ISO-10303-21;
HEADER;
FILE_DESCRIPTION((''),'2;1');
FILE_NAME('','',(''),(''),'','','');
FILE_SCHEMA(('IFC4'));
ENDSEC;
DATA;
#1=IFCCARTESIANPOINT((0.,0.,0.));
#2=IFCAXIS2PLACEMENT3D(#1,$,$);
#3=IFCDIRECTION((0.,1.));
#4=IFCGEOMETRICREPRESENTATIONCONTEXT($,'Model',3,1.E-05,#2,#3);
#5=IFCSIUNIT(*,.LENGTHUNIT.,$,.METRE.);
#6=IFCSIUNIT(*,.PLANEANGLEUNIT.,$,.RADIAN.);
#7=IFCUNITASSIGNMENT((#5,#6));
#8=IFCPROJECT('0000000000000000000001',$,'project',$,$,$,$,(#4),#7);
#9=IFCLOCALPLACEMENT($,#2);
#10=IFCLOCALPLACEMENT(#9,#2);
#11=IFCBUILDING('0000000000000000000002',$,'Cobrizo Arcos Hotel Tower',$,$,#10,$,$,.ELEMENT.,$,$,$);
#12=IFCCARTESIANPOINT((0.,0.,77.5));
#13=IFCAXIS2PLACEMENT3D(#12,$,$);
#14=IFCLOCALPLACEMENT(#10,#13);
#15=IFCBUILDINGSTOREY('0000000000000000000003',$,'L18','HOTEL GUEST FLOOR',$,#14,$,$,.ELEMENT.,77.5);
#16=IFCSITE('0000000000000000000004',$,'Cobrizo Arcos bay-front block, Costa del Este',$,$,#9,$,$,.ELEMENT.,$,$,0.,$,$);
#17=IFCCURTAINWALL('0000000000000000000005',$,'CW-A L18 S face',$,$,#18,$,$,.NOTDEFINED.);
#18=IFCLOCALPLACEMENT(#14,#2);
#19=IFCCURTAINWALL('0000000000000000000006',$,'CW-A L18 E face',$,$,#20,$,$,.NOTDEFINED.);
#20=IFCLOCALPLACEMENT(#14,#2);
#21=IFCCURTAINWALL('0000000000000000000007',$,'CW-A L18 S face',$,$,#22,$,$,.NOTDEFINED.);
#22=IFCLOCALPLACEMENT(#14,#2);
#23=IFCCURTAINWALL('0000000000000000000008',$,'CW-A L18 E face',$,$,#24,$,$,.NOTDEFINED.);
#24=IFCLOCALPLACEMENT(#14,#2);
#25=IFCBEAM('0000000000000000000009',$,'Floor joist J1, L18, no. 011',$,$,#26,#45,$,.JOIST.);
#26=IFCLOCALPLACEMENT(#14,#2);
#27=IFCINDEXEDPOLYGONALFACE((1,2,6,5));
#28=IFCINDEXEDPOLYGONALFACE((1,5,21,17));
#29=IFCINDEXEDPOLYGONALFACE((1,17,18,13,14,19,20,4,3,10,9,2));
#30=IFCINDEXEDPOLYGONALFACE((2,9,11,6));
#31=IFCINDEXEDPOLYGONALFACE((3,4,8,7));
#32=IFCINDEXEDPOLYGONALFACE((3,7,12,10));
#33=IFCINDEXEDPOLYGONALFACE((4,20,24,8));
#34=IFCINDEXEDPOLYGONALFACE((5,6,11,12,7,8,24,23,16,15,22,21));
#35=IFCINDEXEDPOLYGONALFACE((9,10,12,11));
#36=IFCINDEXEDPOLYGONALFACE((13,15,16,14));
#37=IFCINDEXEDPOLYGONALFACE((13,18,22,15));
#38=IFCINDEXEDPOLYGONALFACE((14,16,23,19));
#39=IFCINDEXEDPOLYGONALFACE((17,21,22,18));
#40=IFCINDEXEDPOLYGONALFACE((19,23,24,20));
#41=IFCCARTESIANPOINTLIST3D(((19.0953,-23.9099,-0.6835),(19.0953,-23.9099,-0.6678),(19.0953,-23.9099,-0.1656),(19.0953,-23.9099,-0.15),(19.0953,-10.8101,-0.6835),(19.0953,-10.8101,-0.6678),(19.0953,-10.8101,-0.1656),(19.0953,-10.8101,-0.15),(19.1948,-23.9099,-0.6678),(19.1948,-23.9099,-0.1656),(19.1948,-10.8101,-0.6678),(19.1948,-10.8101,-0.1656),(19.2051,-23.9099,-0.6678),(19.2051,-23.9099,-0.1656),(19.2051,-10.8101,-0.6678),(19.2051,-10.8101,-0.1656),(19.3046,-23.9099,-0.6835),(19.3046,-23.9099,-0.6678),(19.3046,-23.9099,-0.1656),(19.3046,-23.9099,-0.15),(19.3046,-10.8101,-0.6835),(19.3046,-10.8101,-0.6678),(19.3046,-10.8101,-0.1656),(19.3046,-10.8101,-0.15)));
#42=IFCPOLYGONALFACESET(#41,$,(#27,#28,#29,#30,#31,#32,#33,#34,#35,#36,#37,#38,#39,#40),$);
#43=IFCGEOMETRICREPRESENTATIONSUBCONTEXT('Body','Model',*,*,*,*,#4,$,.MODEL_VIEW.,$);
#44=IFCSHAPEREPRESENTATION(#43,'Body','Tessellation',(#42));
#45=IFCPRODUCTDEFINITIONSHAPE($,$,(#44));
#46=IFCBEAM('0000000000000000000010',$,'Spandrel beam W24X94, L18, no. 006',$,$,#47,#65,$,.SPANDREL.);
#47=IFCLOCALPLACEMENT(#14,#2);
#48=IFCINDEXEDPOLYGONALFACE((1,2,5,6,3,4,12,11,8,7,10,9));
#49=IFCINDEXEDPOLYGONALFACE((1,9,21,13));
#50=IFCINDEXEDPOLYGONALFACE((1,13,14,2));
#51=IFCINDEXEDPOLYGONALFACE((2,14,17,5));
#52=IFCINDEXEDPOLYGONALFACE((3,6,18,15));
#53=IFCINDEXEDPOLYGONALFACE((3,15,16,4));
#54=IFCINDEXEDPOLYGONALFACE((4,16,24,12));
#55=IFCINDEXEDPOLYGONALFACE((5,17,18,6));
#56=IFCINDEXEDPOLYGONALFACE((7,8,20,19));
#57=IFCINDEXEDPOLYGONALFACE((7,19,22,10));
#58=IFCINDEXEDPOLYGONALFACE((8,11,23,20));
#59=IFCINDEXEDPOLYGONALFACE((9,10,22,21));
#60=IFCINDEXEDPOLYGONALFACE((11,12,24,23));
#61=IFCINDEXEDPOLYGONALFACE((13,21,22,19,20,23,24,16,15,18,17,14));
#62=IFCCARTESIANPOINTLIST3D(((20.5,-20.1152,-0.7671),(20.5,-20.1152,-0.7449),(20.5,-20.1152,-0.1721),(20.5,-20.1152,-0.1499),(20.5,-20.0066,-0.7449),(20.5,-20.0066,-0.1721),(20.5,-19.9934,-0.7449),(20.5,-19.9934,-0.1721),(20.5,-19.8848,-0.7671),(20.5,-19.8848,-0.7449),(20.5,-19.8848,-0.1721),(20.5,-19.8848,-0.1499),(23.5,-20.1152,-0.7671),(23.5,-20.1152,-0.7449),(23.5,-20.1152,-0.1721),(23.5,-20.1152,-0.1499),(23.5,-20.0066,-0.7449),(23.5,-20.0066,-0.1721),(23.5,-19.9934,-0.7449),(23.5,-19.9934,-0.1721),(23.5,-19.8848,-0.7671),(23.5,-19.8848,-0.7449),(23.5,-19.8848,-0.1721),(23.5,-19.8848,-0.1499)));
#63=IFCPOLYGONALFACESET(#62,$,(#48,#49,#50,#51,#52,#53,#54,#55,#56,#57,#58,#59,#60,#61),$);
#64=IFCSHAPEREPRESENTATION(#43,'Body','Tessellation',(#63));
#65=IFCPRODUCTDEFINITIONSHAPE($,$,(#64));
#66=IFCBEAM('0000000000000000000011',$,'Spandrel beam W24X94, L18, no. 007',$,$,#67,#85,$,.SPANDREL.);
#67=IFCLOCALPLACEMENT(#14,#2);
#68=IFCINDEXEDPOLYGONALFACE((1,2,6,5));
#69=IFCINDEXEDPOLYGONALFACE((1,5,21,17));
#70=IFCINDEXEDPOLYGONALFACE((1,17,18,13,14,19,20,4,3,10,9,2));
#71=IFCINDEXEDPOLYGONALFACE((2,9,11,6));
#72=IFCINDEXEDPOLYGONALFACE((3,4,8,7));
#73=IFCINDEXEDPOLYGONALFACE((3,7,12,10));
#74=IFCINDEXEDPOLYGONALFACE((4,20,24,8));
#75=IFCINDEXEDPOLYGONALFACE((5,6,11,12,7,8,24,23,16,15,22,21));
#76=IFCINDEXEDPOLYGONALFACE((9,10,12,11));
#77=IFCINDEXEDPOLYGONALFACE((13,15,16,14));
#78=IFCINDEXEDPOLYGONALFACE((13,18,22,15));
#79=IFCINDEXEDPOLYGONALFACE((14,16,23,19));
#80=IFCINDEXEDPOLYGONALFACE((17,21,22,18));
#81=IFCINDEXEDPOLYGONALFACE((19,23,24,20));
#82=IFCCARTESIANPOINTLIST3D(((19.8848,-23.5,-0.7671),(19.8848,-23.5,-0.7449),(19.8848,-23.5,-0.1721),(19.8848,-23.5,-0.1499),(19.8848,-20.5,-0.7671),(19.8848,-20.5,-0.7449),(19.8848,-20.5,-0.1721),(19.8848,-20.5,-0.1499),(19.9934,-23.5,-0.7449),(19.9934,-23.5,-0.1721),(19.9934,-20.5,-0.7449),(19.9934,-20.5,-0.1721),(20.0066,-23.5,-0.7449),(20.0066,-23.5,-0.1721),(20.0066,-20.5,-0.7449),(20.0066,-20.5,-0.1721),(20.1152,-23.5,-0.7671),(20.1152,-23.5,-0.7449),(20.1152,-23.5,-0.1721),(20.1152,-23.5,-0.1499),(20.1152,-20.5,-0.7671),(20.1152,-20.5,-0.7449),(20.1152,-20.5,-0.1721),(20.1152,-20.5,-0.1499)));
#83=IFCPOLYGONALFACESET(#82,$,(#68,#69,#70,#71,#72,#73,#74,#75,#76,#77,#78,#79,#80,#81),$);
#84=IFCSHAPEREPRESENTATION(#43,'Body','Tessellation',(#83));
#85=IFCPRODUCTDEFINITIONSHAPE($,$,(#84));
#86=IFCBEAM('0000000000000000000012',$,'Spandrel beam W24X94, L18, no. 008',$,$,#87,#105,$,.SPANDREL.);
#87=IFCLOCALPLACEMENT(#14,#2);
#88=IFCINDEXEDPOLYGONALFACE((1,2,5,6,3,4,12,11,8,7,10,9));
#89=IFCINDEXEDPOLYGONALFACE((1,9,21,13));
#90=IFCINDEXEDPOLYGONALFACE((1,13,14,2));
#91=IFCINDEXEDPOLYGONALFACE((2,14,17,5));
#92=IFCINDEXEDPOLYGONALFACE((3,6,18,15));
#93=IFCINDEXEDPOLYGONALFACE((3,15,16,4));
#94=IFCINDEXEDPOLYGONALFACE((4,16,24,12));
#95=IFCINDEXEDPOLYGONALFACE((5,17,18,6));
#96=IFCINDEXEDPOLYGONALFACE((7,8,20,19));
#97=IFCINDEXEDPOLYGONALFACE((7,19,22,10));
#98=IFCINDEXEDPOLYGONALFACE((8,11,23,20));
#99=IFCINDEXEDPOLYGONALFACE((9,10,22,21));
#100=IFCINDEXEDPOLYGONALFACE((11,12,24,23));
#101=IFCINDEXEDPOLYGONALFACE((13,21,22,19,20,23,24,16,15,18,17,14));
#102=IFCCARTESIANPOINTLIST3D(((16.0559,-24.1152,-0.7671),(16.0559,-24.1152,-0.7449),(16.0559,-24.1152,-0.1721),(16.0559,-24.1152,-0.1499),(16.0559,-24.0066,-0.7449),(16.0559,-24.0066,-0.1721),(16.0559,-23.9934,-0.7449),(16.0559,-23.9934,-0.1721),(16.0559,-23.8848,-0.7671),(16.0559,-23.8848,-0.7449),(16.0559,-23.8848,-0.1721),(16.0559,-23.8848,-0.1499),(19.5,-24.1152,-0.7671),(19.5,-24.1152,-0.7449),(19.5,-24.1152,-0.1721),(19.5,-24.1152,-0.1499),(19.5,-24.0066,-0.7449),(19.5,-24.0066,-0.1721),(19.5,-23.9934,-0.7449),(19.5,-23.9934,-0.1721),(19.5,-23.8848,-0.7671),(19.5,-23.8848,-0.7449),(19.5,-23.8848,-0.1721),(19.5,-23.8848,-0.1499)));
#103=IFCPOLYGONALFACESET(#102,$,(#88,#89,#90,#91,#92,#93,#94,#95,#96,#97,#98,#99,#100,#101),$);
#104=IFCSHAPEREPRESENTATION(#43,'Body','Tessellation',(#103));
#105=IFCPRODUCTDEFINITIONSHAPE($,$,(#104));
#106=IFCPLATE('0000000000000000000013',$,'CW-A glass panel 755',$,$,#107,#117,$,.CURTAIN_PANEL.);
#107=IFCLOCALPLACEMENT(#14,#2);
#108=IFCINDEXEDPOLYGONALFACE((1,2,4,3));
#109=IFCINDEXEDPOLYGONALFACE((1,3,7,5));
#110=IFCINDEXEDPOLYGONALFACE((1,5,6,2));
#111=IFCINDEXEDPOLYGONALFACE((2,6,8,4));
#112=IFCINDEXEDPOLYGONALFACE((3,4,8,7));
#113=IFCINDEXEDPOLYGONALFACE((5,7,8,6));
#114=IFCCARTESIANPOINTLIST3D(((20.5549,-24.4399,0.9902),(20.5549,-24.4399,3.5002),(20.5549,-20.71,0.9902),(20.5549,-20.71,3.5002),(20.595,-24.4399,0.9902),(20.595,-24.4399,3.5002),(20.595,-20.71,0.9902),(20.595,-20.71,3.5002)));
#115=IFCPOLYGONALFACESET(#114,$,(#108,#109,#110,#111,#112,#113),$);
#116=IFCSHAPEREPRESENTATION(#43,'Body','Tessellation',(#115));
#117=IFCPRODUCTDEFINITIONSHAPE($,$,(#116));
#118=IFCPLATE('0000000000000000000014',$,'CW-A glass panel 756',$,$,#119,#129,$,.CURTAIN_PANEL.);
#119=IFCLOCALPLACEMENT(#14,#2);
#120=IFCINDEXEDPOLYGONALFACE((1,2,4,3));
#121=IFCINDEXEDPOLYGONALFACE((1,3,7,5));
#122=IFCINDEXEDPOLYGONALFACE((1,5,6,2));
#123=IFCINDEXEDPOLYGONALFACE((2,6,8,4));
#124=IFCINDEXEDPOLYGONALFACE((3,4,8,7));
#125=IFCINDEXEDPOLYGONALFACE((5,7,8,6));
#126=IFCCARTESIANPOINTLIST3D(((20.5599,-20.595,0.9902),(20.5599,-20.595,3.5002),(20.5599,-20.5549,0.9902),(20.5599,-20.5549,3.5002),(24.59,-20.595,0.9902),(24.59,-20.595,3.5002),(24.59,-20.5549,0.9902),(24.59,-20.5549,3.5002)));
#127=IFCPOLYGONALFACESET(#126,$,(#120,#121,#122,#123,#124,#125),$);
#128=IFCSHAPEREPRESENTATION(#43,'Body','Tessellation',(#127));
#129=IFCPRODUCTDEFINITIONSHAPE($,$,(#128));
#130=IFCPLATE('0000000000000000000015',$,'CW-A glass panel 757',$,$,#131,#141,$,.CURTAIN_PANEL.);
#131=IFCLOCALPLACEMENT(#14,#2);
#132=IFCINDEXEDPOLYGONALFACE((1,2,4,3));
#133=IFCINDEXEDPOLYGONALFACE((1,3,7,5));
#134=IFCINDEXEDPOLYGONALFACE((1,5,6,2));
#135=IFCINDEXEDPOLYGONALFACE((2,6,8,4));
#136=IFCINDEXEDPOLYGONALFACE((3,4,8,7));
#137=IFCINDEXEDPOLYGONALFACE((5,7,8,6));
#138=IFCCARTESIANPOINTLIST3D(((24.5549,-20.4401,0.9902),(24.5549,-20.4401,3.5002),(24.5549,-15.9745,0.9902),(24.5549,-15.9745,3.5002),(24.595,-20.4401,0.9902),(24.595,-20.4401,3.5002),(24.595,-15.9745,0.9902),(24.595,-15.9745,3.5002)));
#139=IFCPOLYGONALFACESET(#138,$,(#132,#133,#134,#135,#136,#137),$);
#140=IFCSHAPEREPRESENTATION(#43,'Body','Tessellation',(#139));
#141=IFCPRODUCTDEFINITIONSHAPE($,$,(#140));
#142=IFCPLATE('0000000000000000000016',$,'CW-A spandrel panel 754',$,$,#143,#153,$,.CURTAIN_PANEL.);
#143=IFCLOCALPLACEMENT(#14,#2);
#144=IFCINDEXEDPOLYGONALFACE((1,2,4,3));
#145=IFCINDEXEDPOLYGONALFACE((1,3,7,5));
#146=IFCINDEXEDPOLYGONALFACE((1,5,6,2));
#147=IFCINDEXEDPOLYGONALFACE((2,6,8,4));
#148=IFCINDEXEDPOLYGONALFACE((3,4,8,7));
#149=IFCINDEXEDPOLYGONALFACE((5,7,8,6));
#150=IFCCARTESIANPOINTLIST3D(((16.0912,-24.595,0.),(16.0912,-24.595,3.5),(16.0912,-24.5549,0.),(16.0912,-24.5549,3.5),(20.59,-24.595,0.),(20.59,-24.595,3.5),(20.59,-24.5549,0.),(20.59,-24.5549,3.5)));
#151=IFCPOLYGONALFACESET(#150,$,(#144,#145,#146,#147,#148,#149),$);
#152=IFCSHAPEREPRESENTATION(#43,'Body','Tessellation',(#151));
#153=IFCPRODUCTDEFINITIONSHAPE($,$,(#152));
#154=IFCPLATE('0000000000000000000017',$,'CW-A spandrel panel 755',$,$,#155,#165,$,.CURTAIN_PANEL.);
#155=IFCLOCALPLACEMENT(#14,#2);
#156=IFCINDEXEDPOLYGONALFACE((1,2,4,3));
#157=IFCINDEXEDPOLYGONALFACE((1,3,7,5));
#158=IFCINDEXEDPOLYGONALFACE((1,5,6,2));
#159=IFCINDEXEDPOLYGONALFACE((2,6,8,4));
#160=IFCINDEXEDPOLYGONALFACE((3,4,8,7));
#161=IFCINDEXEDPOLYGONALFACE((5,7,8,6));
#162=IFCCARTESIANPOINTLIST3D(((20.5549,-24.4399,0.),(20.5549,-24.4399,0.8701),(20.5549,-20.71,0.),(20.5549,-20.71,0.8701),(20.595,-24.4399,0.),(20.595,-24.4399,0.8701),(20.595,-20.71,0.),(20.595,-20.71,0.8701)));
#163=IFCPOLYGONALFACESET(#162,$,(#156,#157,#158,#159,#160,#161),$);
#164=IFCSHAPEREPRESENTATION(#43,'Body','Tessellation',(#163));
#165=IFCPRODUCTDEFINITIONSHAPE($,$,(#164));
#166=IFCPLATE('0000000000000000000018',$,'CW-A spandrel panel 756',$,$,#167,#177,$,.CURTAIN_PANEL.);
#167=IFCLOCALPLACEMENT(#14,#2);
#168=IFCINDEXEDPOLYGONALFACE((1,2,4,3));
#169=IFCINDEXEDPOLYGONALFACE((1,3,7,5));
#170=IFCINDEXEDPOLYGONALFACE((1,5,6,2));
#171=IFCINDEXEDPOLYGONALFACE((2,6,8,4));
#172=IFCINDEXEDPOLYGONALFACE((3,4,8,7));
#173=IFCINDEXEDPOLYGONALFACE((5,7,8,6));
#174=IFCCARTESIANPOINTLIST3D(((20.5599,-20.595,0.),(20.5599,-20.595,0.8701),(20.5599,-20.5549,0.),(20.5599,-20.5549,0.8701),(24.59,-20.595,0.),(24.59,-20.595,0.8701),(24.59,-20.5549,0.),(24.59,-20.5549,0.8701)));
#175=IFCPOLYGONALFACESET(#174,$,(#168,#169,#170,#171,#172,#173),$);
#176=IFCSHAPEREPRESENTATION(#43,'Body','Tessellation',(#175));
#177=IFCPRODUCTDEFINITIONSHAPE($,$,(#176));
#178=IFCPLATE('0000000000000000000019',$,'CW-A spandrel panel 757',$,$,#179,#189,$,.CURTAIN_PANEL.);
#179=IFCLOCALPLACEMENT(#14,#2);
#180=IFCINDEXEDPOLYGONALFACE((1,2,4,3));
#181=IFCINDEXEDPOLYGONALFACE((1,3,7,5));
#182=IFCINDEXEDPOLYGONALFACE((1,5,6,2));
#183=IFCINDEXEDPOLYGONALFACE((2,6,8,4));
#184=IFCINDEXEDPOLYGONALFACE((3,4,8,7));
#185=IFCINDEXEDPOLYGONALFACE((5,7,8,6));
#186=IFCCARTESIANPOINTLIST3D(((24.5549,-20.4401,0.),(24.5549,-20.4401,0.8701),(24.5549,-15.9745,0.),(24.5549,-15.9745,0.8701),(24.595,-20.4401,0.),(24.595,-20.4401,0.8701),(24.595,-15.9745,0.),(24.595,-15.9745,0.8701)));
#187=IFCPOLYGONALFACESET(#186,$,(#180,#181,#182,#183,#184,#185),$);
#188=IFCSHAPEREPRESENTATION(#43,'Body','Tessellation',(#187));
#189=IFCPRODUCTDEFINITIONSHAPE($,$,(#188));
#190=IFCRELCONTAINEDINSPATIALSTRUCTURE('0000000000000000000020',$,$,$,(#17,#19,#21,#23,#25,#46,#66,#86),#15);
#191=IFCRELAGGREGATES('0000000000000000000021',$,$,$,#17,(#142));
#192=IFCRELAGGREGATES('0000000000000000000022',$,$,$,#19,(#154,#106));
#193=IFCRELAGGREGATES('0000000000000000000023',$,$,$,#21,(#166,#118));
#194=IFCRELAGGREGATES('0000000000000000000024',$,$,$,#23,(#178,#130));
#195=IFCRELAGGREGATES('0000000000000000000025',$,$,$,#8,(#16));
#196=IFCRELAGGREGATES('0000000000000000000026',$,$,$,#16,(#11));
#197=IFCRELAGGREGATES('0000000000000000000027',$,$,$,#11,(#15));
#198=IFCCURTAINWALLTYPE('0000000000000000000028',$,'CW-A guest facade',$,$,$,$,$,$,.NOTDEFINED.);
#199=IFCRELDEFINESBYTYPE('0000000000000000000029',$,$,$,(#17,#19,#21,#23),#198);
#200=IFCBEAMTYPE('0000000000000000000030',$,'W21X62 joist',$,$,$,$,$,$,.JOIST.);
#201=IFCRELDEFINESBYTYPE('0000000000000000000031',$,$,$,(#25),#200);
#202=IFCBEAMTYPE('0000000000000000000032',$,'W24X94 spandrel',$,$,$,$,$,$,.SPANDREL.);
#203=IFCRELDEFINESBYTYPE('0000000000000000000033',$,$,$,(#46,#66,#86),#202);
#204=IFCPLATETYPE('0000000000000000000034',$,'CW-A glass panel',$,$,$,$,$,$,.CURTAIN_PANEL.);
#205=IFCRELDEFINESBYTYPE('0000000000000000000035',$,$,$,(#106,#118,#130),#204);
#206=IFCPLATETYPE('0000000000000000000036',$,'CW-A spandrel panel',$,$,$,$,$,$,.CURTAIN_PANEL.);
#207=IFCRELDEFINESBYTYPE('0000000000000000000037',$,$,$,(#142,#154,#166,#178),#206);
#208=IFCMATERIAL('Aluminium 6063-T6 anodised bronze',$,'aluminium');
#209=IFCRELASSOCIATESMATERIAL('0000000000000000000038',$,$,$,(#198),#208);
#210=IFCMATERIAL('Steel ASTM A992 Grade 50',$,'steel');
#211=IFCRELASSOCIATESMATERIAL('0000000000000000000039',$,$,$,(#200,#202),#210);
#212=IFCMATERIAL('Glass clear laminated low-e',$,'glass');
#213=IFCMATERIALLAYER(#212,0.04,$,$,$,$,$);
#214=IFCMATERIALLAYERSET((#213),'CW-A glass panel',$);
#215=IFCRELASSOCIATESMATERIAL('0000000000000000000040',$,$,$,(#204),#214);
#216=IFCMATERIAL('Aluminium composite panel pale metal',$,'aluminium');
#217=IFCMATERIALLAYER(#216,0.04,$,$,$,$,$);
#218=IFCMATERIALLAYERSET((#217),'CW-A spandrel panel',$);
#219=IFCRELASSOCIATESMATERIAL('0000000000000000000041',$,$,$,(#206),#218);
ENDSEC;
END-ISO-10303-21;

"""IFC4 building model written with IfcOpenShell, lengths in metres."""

from ifc_helpers import new_model, si_unit, direction, frame, origin, origin_2d, place, context, subcontext, project, spatial, rectangle, i_section, extrude, material, layer, layer_set, material_profile, profile_set, type_object, element, aggregate, save


model = new_model("IFC4")

# Units and contexts
model_context = context("Model", 3, precision=1e-05, world=origin(), true_north=direction((0.0, 1.0)))
body_context = subcontext(model_context, "Body", "Model", "MODEL_VIEW")
ifc_project = project(units=[si_unit("LENGTHUNIT", "METRE"), si_unit("PLANEANGLEUNIT", "RADIAN")], contexts=[model_context])

# Site, building, storey
site_placement = place(None, origin())
site = spatial("IfcSite", under=ifc_project, at=site_placement, Name="Cobrizo Arcos bay-front block, Costa del Este", CompositionType="ELEMENT", RefElevation=0.0)
building_placement = place(site_placement, origin())
building = spatial("IfcBuilding", under=site, at=building_placement, Name="Cobrizo Arcos Hotel Tower", CompositionType="ELEMENT")
storey_placement = place(building_placement, frame((0.0, 0.0, 77.5)))
storey = spatial("IfcBuildingStorey", under=building, at=storey_placement, Name="L18", Description="HOTEL GUEST FLOOR", CompositionType="ELEMENT", Elevation=77.5)

# Curtain walls
ifc_material_1 = material(Name="Aluminium 6063-T6 anodised bronze", Category="aluminium")
curtain_wall_type = type_object("IfcCurtainWallType", Name="CW-A guest facade", PredefinedType="NOTDEFINED", material=ifc_material_1)
curtain_wall_1_placement = place(storey_placement, origin())
curtain_wall_1 = element("IfcCurtainWall", 1, at=curtain_wall_1_placement, inside=storey, type_object=curtain_wall_type, Name="CW-A L18 S face", PredefinedType="NOTDEFINED")
curtain_wall_2_placement = place(storey_placement, origin())
curtain_wall_2 = element("IfcCurtainWall", 2, at=curtain_wall_2_placement, inside=storey, type_object=curtain_wall_type, Name="CW-A L18 E face", PredefinedType="NOTDEFINED")
curtain_wall_3_placement = place(storey_placement, origin())
curtain_wall_3 = element("IfcCurtainWall", 3, at=curtain_wall_3_placement, inside=storey, type_object=curtain_wall_type, Name="CW-A L18 S face", PredefinedType="NOTDEFINED")

# Curtain wall
curtain_wall_4_placement = place(storey_placement, origin())
curtain_wall_4 = element("IfcCurtainWall", 4, at=curtain_wall_4_placement, inside=storey, type_object=curtain_wall_type, Name="CW-A L18 E face", PredefinedType="NOTDEFINED")

# Beams
ifc_material_2 = material(Name="Steel ASTM A992 Grade 50", Category="steel")
ifc_material_profile_1 = material_profile(ifc_material_2, i_section(OverallWidth=0.2092, OverallDepth=0.5334, WebThickness=0.0103, FlangeThickness=0.0156, at=origin_2d()), Name="W21X62")
ifc_profile_set_1 = profile_set([ifc_material_profile_1], Name="Steel ASTM A992 Grade 50")
beam_type_1 = type_object("IfcBeamType", Name="W21X62 joist", PredefinedType="JOIST", material=ifc_profile_set_1)
beam_1_placement = place(storey_placement, frame((19.2, -23.9099, -0.4167), z_axis=(0.0, 1.0, 0.0), x_axis=(-1.0, 0.0, 0.0)))
element("IfcBeam", 5, at=beam_1_placement, inside=storey, type_object=beam_type_1, Name="Floor joist J1, L18, no. 011", PredefinedType="JOIST", context=body_context, shape_type="SweptSolid", body=[
    extrude(i_section(OverallWidth=0.2092, OverallDepth=0.5334, WebThickness=0.0103, FlangeThickness=0.0156, at=origin_2d()), origin(), (0.0, 0.0, 1.0), 13.0999),
])
ifc_material_profile_2 = material_profile(ifc_material_2, i_section(OverallWidth=0.2305, OverallDepth=0.6172, WebThickness=0.0132, FlangeThickness=0.0222, at=origin_2d()), Name="W24X94")
ifc_profile_set_2 = profile_set([ifc_material_profile_2], Name="Steel ASTM A992 Grade 50")
beam_type_2 = type_object("IfcBeamType", Name="W24X94 spandrel", PredefinedType="SPANDREL", material=ifc_profile_set_2)
for number, where, z_axis, x_axis, name in (
    (6, (23.5, -20.0, -0.4585), (-1.0, 0.0, 0.0), (0.0, -1.0, 0.0), "Spandrel beam W24X94, L18, no. 006"),
    (7, (20.0, -20.5, -0.4585), (0.0, -1.0, 0.0), (1.0, 0.0, 0.0), "Spandrel beam W24X94, L18, no. 007"),
):
    element("IfcBeam", number, at=place(storey_placement, frame(where, z_axis=z_axis, x_axis=x_axis)), inside=storey, type_object=beam_type_2, Name=name, PredefinedType="SPANDREL", context=body_context, shape_type="SweptSolid", body=[
        extrude(i_section(OverallWidth=0.2305, OverallDepth=0.6172, WebThickness=0.0132, FlangeThickness=0.0222, at=origin_2d()), origin(), (0.0, 0.0, 1.0), 3.0),
    ])
beam_2_placement = place(storey_placement, frame((19.5, -24.0, -0.4585), z_axis=(-1.0, 0.0, 0.0), x_axis=(0.0, -1.0, 0.0)))
element("IfcBeam", 8, at=beam_2_placement, inside=storey, type_object=beam_type_2, Name="Spandrel beam W24X94, L18, no. 008", PredefinedType="SPANDREL", context=body_context, shape_type="SweptSolid", body=[
    extrude(i_section(OverallWidth=0.2305, OverallDepth=0.6172, WebThickness=0.0132, FlangeThickness=0.0222, at=origin_2d()), origin(), (0.0, 0.0, 1.0), 3.4441),
])

# Plates
ifc_material_3 = material(Name="Glass clear laminated low-e", Category="glass")
ifc_layer_1 = layer(ifc_material_3, 0.04)
ifc_layer_set_1 = layer_set([ifc_layer_1], Name="CW-A glass panel")
plate_type_1 = type_object("IfcPlateType", Name="CW-A glass panel", PredefinedType="CURTAIN_PANEL", material=ifc_layer_set_1)
plate_1_placement = place(storey_placement, frame((20.575, -22.575, 0.9902), z_axis=(0.0, 0.0, 1.0), x_axis=(0.0, 1.0, 0.0)))
plate_1 = element("IfcPlate", 9, at=plate_1_placement, type_object=plate_type_1, Name="CW-A glass panel 755", PredefinedType="CURTAIN_PANEL", context=body_context, shape_type="SweptSolid", body=[
    extrude(rectangle(XDim=3.73, YDim=0.04, at=origin_2d()), origin(), (0.0, 0.0, 1.0), 2.51),
])
plate_2_placement = place(storey_placement, frame((22.575, -20.575, 0.9902), z_axis=(0.0, 0.0, 1.0), x_axis=(1.0, 0.0, 0.0)))
plate_2 = element("IfcPlate", 10, at=plate_2_placement, type_object=plate_type_1, Name="CW-A glass panel 756", PredefinedType="CURTAIN_PANEL", context=body_context, shape_type="SweptSolid", body=[
    extrude(rectangle(XDim=4.03, YDim=0.04, at=origin_2d()), origin(), (0.0, 0.0, 1.0), 2.51),
])
plate_3_placement = place(storey_placement, frame((24.575, -18.2073, 0.9902), z_axis=(0.0, 0.0, 1.0), x_axis=(0.0, 1.0, 0.0)))
plate_3 = element("IfcPlate", 11, at=plate_3_placement, type_object=plate_type_1, Name="CW-A glass panel 757", PredefinedType="CURTAIN_PANEL", context=body_context, shape_type="SweptSolid", body=[
    extrude(rectangle(XDim=4.4656, YDim=0.04, at=origin_2d()), origin(), (0.0, 0.0, 1.0), 2.51),
])
ifc_material_4 = material(Name="Aluminium composite panel pale metal", Category="aluminium")
ifc_layer_2 = layer(ifc_material_4, 0.04)
ifc_layer_set_2 = layer_set([ifc_layer_2], Name="CW-A spandrel panel")
plate_type_2 = type_object("IfcPlateType", Name="CW-A spandrel panel", PredefinedType="CURTAIN_PANEL", material=ifc_layer_set_2)
plate_4_placement = place(storey_placement, frame((18.3406, -24.575, 0.0), z_axis=(0.0, 0.0, 1.0), x_axis=(1.0, 0.0, 0.0)))
plate_4 = element("IfcPlate", 12, at=plate_4_placement, type_object=plate_type_2, Name="CW-A spandrel panel 754", PredefinedType="CURTAIN_PANEL", context=body_context, shape_type="SweptSolid", body=[
    extrude(rectangle(XDim=4.4988, YDim=0.04, at=origin_2d()), origin(), (0.0, 0.0, 1.0), 3.5),
])
aggregate(curtain_wall_1, [plate_4])
plate_5_placement = place(storey_placement, frame((20.575, -22.575, 0.0), z_axis=(0.0, 0.0, 1.0), x_axis=(0.0, 1.0, 0.0)))
plate_5 = element("IfcPlate", 13, at=plate_5_placement, type_object=plate_type_2, Name="CW-A spandrel panel 755", PredefinedType="CURTAIN_PANEL", context=body_context, shape_type="SweptSolid", body=[
    extrude(rectangle(XDim=3.73, YDim=0.04, at=origin_2d()), origin(), (0.0, 0.0, 1.0), 0.8701),
])
aggregate(curtain_wall_2, [plate_5, plate_1])
plate_6_placement = place(storey_placement, frame((22.575, -20.575, 0.0), z_axis=(0.0, 0.0, 1.0), x_axis=(1.0, 0.0, 0.0)))
plate_6 = element("IfcPlate", 14, at=plate_6_placement, type_object=plate_type_2, Name="CW-A spandrel panel 756", PredefinedType="CURTAIN_PANEL", context=body_context, shape_type="SweptSolid", body=[
    extrude(rectangle(XDim=4.03, YDim=0.04, at=origin_2d()), origin(), (0.0, 0.0, 1.0), 0.8701),
])
aggregate(curtain_wall_3, [plate_6, plate_2])
plate_7_placement = place(storey_placement, frame((24.575, -18.2073, 0.0), z_axis=(0.0, 0.0, 1.0), x_axis=(0.0, 1.0, 0.0)))
plate_7 = element("IfcPlate", 15, at=plate_7_placement, type_object=plate_type_2, Name="CW-A spandrel panel 757", PredefinedType="CURTAIN_PANEL", context=body_context, shape_type="SweptSolid", body=[
    extrude(rectangle(XDim=4.4656, YDim=0.04, at=origin_2d()), origin(), (0.0, 0.0, 1.0), 0.8701),
])
aggregate(curtain_wall_4, [plate_7, plate_3])

save(model, "model.ifc")
